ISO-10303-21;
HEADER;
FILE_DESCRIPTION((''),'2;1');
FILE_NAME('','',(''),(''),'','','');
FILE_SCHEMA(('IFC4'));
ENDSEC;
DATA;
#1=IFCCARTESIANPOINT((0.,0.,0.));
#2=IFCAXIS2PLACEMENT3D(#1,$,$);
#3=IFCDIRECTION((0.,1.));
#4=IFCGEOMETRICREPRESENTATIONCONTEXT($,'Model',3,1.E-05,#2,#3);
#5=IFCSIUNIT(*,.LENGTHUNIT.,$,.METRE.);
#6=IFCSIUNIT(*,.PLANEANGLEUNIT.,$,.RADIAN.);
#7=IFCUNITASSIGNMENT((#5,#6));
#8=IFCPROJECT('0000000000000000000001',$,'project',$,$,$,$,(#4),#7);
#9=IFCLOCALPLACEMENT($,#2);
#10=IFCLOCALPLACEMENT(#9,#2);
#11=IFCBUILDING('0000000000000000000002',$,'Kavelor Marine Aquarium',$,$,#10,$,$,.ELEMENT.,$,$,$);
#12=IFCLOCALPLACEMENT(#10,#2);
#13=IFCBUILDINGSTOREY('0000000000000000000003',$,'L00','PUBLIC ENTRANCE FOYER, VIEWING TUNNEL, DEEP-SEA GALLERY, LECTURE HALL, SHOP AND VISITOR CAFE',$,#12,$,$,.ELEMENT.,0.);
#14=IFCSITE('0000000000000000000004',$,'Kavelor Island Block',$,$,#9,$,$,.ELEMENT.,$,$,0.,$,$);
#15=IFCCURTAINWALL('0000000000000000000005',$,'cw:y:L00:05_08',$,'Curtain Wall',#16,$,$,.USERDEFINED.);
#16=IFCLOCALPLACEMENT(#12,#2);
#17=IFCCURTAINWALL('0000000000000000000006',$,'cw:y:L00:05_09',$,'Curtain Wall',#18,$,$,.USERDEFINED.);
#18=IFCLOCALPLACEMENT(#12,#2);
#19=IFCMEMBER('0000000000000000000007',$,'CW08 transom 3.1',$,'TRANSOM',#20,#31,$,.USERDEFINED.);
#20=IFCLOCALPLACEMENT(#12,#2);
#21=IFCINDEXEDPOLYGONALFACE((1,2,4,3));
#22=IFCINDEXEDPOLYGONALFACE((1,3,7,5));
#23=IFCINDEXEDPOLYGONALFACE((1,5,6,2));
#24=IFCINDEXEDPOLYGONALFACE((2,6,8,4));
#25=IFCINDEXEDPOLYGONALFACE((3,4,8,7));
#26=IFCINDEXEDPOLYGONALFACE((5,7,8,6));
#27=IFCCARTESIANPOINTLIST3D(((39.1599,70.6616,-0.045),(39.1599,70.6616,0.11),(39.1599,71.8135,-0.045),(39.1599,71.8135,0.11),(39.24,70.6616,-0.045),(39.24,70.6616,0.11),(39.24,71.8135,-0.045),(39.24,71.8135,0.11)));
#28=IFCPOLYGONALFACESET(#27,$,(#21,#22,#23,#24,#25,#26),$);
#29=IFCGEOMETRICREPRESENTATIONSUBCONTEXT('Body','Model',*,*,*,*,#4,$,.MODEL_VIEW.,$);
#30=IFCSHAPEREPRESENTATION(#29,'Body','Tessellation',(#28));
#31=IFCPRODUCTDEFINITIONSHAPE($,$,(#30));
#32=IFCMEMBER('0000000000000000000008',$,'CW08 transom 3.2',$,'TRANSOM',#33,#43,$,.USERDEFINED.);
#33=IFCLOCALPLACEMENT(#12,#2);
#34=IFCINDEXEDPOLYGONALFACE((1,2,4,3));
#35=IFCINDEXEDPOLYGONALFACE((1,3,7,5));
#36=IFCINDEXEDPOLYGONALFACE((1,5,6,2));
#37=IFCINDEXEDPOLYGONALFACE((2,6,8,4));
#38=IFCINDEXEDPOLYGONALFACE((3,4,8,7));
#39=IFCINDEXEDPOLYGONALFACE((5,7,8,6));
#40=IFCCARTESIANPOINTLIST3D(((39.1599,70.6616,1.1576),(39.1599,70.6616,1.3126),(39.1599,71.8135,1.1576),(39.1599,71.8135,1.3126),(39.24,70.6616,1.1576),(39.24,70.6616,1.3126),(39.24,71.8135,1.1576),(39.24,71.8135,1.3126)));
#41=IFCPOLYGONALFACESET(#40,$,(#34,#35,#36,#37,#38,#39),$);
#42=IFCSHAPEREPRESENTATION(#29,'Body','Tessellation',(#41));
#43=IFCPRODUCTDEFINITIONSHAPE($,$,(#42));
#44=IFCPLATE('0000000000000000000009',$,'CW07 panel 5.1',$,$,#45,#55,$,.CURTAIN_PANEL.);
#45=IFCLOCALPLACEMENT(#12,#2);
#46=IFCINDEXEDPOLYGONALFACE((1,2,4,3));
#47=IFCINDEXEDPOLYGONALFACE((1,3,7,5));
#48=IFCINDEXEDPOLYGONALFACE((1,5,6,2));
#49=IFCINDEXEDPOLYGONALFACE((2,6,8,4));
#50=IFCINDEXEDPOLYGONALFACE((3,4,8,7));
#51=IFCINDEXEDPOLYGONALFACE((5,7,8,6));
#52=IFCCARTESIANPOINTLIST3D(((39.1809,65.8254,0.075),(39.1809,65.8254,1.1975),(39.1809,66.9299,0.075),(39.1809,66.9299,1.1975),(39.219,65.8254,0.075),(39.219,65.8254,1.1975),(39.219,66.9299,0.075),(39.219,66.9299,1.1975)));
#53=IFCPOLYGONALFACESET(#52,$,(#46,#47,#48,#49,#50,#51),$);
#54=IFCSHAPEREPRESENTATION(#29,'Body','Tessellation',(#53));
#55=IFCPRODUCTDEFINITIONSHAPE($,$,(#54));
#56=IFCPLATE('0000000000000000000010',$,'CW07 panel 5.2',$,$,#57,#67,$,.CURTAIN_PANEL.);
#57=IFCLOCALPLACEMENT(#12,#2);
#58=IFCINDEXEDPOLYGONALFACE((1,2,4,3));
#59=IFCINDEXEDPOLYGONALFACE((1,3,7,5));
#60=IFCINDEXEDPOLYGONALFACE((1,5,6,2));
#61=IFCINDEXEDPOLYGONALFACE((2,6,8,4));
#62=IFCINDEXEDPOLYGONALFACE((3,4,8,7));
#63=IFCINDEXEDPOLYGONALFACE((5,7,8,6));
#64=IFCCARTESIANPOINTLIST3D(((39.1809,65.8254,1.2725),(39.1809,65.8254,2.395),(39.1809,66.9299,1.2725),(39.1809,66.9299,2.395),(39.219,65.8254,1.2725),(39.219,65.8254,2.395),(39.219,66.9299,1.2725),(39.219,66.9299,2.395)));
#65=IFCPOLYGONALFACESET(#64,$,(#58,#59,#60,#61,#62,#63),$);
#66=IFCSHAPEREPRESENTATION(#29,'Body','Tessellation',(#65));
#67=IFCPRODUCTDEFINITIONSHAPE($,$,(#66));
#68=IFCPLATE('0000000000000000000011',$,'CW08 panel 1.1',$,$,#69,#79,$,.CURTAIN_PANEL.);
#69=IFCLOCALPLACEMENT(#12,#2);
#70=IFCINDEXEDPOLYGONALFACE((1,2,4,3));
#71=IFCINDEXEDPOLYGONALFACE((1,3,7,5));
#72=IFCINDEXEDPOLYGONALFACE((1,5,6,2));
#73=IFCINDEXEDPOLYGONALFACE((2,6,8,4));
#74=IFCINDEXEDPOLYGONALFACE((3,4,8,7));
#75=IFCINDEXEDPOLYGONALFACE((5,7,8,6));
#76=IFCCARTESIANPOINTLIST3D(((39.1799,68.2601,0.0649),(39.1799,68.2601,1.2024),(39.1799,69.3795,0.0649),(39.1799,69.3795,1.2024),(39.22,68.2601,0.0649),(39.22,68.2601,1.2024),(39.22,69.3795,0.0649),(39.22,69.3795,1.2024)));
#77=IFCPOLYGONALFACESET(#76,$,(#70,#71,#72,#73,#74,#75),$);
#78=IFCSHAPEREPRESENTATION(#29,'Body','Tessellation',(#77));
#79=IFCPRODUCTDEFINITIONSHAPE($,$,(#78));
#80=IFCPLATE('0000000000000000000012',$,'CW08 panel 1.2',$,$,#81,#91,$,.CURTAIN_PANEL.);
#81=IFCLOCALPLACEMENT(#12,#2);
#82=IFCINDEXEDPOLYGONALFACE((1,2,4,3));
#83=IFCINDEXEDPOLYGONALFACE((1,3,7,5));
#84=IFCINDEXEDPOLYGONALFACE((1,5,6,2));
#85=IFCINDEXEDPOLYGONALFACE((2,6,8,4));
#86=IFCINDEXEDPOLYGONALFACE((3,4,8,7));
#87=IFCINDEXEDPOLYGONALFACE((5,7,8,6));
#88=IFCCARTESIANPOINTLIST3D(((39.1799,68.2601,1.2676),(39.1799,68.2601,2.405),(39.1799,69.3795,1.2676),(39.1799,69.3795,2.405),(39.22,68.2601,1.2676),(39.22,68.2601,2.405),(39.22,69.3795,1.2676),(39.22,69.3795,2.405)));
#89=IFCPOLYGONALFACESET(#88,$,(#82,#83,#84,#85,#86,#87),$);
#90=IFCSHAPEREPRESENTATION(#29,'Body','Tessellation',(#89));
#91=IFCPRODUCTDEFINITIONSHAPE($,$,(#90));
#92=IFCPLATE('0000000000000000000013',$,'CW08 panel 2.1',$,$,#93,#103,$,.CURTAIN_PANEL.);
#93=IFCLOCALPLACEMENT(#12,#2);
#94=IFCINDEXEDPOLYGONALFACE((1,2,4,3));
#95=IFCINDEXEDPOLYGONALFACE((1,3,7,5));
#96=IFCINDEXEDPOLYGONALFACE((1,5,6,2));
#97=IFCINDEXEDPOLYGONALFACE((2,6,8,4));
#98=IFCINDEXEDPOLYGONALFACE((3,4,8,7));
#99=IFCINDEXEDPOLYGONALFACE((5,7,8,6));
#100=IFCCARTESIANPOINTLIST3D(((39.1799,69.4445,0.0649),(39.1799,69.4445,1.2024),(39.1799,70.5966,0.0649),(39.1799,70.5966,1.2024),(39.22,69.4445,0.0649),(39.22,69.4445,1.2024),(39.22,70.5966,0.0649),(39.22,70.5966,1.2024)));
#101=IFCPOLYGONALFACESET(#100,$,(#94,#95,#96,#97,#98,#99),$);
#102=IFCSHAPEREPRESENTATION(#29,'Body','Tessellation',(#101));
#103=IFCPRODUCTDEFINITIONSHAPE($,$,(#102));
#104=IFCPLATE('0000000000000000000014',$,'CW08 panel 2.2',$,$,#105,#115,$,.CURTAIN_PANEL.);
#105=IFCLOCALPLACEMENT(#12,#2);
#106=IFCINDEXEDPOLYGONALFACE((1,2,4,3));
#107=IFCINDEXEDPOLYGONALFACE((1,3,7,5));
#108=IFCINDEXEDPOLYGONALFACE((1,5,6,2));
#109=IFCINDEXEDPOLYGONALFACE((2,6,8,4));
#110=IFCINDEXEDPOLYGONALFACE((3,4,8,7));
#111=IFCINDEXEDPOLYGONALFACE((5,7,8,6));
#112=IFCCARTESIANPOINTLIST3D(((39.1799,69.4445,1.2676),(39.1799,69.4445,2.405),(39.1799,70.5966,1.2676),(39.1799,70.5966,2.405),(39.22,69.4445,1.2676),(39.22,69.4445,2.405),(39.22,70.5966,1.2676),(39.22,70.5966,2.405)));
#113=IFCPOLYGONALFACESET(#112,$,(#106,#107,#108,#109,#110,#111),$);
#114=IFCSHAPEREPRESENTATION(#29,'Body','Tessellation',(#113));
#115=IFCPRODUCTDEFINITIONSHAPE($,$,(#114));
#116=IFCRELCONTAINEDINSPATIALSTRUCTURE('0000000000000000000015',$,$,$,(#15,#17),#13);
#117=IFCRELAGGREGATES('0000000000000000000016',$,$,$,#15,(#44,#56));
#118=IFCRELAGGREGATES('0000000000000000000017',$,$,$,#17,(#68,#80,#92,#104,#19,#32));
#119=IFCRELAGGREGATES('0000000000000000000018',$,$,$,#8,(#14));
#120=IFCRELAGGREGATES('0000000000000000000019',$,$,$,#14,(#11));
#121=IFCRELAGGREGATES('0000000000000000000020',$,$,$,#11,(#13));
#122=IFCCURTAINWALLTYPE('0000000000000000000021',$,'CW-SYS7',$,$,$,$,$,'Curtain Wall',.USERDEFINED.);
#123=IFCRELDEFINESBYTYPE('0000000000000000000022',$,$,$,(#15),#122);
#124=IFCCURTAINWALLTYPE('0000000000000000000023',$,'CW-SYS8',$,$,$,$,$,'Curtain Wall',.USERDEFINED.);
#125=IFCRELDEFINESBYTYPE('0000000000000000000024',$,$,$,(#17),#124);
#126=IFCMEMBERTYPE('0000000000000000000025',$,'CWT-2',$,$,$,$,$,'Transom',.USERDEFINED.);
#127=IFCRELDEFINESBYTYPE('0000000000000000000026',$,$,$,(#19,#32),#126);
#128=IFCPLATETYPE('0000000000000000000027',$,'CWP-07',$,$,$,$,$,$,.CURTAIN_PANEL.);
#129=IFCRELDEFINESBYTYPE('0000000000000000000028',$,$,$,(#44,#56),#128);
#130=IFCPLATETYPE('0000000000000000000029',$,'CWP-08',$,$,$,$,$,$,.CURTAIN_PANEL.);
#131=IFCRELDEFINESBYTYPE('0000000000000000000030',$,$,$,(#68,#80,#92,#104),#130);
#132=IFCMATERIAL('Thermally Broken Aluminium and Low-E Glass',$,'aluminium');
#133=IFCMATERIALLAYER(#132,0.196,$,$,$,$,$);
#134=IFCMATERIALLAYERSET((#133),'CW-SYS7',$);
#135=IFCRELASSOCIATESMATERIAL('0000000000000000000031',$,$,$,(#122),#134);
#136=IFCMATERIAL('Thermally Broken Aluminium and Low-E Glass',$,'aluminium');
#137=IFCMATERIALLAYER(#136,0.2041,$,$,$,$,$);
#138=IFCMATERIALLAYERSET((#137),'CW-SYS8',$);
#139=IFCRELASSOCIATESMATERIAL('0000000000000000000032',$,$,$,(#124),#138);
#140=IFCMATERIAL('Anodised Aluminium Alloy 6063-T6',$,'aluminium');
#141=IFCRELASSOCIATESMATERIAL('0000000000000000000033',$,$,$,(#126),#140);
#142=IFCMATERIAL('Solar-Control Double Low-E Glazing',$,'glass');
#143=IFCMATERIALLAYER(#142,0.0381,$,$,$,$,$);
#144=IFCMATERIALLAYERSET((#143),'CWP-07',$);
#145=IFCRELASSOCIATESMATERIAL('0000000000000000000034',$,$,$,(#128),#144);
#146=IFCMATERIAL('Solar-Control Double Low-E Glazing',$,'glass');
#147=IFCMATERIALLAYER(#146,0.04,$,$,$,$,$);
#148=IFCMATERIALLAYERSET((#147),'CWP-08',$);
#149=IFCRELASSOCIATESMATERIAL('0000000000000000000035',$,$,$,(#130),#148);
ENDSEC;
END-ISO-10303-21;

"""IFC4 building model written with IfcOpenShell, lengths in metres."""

from ifc_helpers import new_model, si_unit, direction, frame, origin, origin_2d, place, context, subcontext, project, spatial, rectangle, extrude, material, layer, layer_set, material_profile, profile_set, type_object, element, aggregate, save


model = new_model("IFC4")

# Units and contexts
model_context = context("Model", 3, precision=1e-05, world=origin(), true_north=direction((0.0, 1.0)))
body_context = subcontext(model_context, "Body", "Model", "MODEL_VIEW")
ifc_project = project(units=[si_unit("LENGTHUNIT", "METRE"), si_unit("PLANEANGLEUNIT", "RADIAN")], contexts=[model_context])

# Site, building, storey
site_placement = place(None, origin())
site = spatial("IfcSite", under=ifc_project, at=site_placement, Name="Kavelor Island Block", CompositionType="ELEMENT", RefElevation=0.0)
building_placement = place(site_placement, origin())
building = spatial("IfcBuilding", under=site, at=building_placement, Name="Kavelor Marine Aquarium", CompositionType="ELEMENT")
storey_placement = place(building_placement, origin())
storey = spatial("IfcBuildingStorey", under=building, at=storey_placement, Name="L00", Description="PUBLIC ENTRANCE FOYER, VIEWING TUNNEL, DEEP-SEA GALLERY, LECTURE HALL, SHOP AND VISITOR CAFE", CompositionType="ELEMENT", Elevation=0.0)

# Curtain wall
ifc_material_1 = material(Name="Thermally Broken Aluminium and Low-E Glass", Category="aluminium")
ifc_layer_1 = layer(ifc_material_1, 0.196)
ifc_layer_set_1 = layer_set([ifc_layer_1], Name="CW-SYS7")
curtain_wall_type_1 = type_object("IfcCurtainWallType", Name="CW-SYS7", ElementType="Curtain Wall", PredefinedType="USERDEFINED", material=ifc_layer_set_1)
curtain_wall_1_placement = place(storey_placement, origin())
curtain_wall_1 = element("IfcCurtainWall", 1, at=curtain_wall_1_placement, inside=storey, type_object=curtain_wall_type_1, Name="cw:y:L00:05_08", ObjectType="Curtain Wall", PredefinedType="USERDEFINED")

# Curtain wall
ifc_material_2 = material(Name="Thermally Broken Aluminium and Low-E Glass", Category="aluminium")
ifc_layer_2 = layer(ifc_material_2, 0.2041)
ifc_layer_set_2 = layer_set([ifc_layer_2], Name="CW-SYS8")
curtain_wall_type_2 = type_object("IfcCurtainWallType", Name="CW-SYS8", ElementType="Curtain Wall", PredefinedType="USERDEFINED", material=ifc_layer_set_2)
curtain_wall_2_placement = place(storey_placement, origin())
curtain_wall_2 = element("IfcCurtainWall", 2, at=curtain_wall_2_placement, inside=storey, type_object=curtain_wall_type_2, Name="cw:y:L00:05_09", ObjectType="Curtain Wall", PredefinedType="USERDEFINED")

# Members
ifc_material_3 = material(Name="Anodised Aluminium Alloy 6063-T6", Category="aluminium")
ifc_material_profile_1 = material_profile(ifc_material_3, rectangle(XDim=0.0801, YDim=0.155, at=origin_2d()), Name="CW-TRN 80x155")
ifc_profile_set_1 = profile_set([ifc_material_profile_1], Name="Anodised Aluminium Alloy 6063-T6")
member_type_1 = type_object("IfcMemberType", Name="CWT-2", ElementType="Transom", PredefinedType="USERDEFINED", material=ifc_profile_set_1)
member_1_placement = place(storey_placement, frame((39.2, 70.6616, 0.0325), z_axis=(0.0, 1.0, 0.0), x_axis=(-1.0, 0.0, 0.0)))
member_1 = element("IfcMember", 3, at=member_1_placement, type_object=member_type_1, Name="CW08 transom 3.1", ObjectType="TRANSOM", PredefinedType="USERDEFINED", context=body_context, shape_type="SweptSolid", body=[
    extrude(rectangle(XDim=0.0801, YDim=0.155, at=origin_2d()), origin(), (0.0, 0.0, 1.0), 1.1519),
])
member_2_placement = place(storey_placement, frame((39.2, 70.6616, 1.2351), z_axis=(0.0, 1.0, 0.0), x_axis=(-1.0, 0.0, 0.0)))
member_2 = element("IfcMember", 4, at=member_2_placement, type_object=member_type_1, Name="CW08 transom 3.2", ObjectType="TRANSOM", PredefinedType="USERDEFINED", context=body_context, shape_type="SweptSolid", body=[
    extrude(rectangle(XDim=0.0801, YDim=0.155, at=origin_2d()), origin(), (0.0, 0.0, 1.0), 1.1519),
])

# Plates
ifc_material_4 = material(Name="Solar-Control Double Low-E Glazing", Category="glass")
ifc_layer_3 = layer(ifc_material_4, 0.0381)
ifc_layer_set_3 = layer_set([ifc_layer_3], Name="CWP-07")
plate_type_1 = type_object("IfcPlateType", Name="CWP-07", PredefinedType="CURTAIN_PANEL", material=ifc_layer_set_3)
plate_1_placement = place(storey_placement, frame((39.2, 66.3777, 0.075), z_axis=(0.0, 0.0, 1.0), x_axis=(0.0, 1.0, 0.0)))
plate_1 = element("IfcPlate", 5, at=plate_1_placement, type_object=plate_type_1, Name="CW07 panel 5.1", PredefinedType="CURTAIN_PANEL", context=body_context, shape_type="SweptSolid", body=[
    extrude(rectangle(XDim=1.1045, YDim=0.0381, at=origin_2d()), origin(), (0.0, 0.0, 1.0), 1.1226),
])
plate_2_placement = place(storey_placement, frame((39.2, 66.3777, 1.2725), z_axis=(0.0, 0.0, 1.0), x_axis=(0.0, 1.0, 0.0)))
plate_2 = element("IfcPlate", 6, at=plate_2_placement, type_object=plate_type_1, Name="CW07 panel 5.2", PredefinedType="CURTAIN_PANEL", context=body_context, shape_type="SweptSolid", body=[
    extrude(rectangle(XDim=1.1045, YDim=0.0381, at=origin_2d()), origin(), (0.0, 0.0, 1.0), 1.1226),
])
aggregate(curtain_wall_1, [plate_1, plate_2])
ifc_material_5 = material(Name="Solar-Control Double Low-E Glazing", Category="glass")
ifc_layer_4 = layer(ifc_material_5, 0.04)
ifc_layer_set_4 = layer_set([ifc_layer_4], Name="CWP-08")
plate_type_2 = type_object("IfcPlateType", Name="CWP-08", PredefinedType="CURTAIN_PANEL", material=ifc_layer_set_4)
plate_3_placement = place(storey_placement, frame((39.2, 68.8198, 0.0649), z_axis=(0.0, 0.0, 1.0), x_axis=(0.0, 1.0, 0.0)))
plate_3 = element("IfcPlate", 7, at=plate_3_placement, type_object=plate_type_2, Name="CW08 panel 1.1", PredefinedType="CURTAIN_PANEL", context=body_context, shape_type="SweptSolid", body=[
    extrude(rectangle(XDim=1.1194, YDim=0.04, at=origin_2d()), origin(), (0.0, 0.0, 1.0), 1.1375),
])
plate_4_placement = place(storey_placement, frame((39.2, 68.8198, 1.2676), z_axis=(0.0, 0.0, 1.0), x_axis=(0.0, 1.0, 0.0)))
plate_4 = element("IfcPlate", 8, at=plate_4_placement, type_object=plate_type_2, Name="CW08 panel 1.2", PredefinedType="CURTAIN_PANEL", context=body_context, shape_type="SweptSolid", body=[
    extrude(rectangle(XDim=1.1194, YDim=0.04, at=origin_2d()), origin(), (0.0, 0.0, 1.0), 1.1375),
])
plate_5_placement = place(storey_placement, frame((39.2, 70.0205, 0.0649), z_axis=(0.0, 0.0, 1.0), x_axis=(0.0, 1.0, 0.0)))
plate_5 = element("IfcPlate", 9, at=plate_5_placement, type_object=plate_type_2, Name="CW08 panel 2.1", PredefinedType="CURTAIN_PANEL", context=body_context, shape_type="SweptSolid", body=[
    extrude(rectangle(XDim=1.1521, YDim=0.04, at=origin_2d()), origin(), (0.0, 0.0, 1.0), 1.1375),
])
plate_6_placement = place(storey_placement, frame((39.2, 70.0205, 1.2676), z_axis=(0.0, 0.0, 1.0), x_axis=(0.0, 1.0, 0.0)))
plate_6 = element("IfcPlate", 10, at=plate_6_placement, type_object=plate_type_2, Name="CW08 panel 2.2", PredefinedType="CURTAIN_PANEL", context=body_context, shape_type="SweptSolid", body=[
    extrude(rectangle(XDim=1.1521, YDim=0.04, at=origin_2d()), origin(), (0.0, 0.0, 1.0), 1.1375),
])
aggregate(curtain_wall_2, [plate_3, plate_4, plate_5, plate_6, member_1, member_2])

save(model, "model.ifc")
